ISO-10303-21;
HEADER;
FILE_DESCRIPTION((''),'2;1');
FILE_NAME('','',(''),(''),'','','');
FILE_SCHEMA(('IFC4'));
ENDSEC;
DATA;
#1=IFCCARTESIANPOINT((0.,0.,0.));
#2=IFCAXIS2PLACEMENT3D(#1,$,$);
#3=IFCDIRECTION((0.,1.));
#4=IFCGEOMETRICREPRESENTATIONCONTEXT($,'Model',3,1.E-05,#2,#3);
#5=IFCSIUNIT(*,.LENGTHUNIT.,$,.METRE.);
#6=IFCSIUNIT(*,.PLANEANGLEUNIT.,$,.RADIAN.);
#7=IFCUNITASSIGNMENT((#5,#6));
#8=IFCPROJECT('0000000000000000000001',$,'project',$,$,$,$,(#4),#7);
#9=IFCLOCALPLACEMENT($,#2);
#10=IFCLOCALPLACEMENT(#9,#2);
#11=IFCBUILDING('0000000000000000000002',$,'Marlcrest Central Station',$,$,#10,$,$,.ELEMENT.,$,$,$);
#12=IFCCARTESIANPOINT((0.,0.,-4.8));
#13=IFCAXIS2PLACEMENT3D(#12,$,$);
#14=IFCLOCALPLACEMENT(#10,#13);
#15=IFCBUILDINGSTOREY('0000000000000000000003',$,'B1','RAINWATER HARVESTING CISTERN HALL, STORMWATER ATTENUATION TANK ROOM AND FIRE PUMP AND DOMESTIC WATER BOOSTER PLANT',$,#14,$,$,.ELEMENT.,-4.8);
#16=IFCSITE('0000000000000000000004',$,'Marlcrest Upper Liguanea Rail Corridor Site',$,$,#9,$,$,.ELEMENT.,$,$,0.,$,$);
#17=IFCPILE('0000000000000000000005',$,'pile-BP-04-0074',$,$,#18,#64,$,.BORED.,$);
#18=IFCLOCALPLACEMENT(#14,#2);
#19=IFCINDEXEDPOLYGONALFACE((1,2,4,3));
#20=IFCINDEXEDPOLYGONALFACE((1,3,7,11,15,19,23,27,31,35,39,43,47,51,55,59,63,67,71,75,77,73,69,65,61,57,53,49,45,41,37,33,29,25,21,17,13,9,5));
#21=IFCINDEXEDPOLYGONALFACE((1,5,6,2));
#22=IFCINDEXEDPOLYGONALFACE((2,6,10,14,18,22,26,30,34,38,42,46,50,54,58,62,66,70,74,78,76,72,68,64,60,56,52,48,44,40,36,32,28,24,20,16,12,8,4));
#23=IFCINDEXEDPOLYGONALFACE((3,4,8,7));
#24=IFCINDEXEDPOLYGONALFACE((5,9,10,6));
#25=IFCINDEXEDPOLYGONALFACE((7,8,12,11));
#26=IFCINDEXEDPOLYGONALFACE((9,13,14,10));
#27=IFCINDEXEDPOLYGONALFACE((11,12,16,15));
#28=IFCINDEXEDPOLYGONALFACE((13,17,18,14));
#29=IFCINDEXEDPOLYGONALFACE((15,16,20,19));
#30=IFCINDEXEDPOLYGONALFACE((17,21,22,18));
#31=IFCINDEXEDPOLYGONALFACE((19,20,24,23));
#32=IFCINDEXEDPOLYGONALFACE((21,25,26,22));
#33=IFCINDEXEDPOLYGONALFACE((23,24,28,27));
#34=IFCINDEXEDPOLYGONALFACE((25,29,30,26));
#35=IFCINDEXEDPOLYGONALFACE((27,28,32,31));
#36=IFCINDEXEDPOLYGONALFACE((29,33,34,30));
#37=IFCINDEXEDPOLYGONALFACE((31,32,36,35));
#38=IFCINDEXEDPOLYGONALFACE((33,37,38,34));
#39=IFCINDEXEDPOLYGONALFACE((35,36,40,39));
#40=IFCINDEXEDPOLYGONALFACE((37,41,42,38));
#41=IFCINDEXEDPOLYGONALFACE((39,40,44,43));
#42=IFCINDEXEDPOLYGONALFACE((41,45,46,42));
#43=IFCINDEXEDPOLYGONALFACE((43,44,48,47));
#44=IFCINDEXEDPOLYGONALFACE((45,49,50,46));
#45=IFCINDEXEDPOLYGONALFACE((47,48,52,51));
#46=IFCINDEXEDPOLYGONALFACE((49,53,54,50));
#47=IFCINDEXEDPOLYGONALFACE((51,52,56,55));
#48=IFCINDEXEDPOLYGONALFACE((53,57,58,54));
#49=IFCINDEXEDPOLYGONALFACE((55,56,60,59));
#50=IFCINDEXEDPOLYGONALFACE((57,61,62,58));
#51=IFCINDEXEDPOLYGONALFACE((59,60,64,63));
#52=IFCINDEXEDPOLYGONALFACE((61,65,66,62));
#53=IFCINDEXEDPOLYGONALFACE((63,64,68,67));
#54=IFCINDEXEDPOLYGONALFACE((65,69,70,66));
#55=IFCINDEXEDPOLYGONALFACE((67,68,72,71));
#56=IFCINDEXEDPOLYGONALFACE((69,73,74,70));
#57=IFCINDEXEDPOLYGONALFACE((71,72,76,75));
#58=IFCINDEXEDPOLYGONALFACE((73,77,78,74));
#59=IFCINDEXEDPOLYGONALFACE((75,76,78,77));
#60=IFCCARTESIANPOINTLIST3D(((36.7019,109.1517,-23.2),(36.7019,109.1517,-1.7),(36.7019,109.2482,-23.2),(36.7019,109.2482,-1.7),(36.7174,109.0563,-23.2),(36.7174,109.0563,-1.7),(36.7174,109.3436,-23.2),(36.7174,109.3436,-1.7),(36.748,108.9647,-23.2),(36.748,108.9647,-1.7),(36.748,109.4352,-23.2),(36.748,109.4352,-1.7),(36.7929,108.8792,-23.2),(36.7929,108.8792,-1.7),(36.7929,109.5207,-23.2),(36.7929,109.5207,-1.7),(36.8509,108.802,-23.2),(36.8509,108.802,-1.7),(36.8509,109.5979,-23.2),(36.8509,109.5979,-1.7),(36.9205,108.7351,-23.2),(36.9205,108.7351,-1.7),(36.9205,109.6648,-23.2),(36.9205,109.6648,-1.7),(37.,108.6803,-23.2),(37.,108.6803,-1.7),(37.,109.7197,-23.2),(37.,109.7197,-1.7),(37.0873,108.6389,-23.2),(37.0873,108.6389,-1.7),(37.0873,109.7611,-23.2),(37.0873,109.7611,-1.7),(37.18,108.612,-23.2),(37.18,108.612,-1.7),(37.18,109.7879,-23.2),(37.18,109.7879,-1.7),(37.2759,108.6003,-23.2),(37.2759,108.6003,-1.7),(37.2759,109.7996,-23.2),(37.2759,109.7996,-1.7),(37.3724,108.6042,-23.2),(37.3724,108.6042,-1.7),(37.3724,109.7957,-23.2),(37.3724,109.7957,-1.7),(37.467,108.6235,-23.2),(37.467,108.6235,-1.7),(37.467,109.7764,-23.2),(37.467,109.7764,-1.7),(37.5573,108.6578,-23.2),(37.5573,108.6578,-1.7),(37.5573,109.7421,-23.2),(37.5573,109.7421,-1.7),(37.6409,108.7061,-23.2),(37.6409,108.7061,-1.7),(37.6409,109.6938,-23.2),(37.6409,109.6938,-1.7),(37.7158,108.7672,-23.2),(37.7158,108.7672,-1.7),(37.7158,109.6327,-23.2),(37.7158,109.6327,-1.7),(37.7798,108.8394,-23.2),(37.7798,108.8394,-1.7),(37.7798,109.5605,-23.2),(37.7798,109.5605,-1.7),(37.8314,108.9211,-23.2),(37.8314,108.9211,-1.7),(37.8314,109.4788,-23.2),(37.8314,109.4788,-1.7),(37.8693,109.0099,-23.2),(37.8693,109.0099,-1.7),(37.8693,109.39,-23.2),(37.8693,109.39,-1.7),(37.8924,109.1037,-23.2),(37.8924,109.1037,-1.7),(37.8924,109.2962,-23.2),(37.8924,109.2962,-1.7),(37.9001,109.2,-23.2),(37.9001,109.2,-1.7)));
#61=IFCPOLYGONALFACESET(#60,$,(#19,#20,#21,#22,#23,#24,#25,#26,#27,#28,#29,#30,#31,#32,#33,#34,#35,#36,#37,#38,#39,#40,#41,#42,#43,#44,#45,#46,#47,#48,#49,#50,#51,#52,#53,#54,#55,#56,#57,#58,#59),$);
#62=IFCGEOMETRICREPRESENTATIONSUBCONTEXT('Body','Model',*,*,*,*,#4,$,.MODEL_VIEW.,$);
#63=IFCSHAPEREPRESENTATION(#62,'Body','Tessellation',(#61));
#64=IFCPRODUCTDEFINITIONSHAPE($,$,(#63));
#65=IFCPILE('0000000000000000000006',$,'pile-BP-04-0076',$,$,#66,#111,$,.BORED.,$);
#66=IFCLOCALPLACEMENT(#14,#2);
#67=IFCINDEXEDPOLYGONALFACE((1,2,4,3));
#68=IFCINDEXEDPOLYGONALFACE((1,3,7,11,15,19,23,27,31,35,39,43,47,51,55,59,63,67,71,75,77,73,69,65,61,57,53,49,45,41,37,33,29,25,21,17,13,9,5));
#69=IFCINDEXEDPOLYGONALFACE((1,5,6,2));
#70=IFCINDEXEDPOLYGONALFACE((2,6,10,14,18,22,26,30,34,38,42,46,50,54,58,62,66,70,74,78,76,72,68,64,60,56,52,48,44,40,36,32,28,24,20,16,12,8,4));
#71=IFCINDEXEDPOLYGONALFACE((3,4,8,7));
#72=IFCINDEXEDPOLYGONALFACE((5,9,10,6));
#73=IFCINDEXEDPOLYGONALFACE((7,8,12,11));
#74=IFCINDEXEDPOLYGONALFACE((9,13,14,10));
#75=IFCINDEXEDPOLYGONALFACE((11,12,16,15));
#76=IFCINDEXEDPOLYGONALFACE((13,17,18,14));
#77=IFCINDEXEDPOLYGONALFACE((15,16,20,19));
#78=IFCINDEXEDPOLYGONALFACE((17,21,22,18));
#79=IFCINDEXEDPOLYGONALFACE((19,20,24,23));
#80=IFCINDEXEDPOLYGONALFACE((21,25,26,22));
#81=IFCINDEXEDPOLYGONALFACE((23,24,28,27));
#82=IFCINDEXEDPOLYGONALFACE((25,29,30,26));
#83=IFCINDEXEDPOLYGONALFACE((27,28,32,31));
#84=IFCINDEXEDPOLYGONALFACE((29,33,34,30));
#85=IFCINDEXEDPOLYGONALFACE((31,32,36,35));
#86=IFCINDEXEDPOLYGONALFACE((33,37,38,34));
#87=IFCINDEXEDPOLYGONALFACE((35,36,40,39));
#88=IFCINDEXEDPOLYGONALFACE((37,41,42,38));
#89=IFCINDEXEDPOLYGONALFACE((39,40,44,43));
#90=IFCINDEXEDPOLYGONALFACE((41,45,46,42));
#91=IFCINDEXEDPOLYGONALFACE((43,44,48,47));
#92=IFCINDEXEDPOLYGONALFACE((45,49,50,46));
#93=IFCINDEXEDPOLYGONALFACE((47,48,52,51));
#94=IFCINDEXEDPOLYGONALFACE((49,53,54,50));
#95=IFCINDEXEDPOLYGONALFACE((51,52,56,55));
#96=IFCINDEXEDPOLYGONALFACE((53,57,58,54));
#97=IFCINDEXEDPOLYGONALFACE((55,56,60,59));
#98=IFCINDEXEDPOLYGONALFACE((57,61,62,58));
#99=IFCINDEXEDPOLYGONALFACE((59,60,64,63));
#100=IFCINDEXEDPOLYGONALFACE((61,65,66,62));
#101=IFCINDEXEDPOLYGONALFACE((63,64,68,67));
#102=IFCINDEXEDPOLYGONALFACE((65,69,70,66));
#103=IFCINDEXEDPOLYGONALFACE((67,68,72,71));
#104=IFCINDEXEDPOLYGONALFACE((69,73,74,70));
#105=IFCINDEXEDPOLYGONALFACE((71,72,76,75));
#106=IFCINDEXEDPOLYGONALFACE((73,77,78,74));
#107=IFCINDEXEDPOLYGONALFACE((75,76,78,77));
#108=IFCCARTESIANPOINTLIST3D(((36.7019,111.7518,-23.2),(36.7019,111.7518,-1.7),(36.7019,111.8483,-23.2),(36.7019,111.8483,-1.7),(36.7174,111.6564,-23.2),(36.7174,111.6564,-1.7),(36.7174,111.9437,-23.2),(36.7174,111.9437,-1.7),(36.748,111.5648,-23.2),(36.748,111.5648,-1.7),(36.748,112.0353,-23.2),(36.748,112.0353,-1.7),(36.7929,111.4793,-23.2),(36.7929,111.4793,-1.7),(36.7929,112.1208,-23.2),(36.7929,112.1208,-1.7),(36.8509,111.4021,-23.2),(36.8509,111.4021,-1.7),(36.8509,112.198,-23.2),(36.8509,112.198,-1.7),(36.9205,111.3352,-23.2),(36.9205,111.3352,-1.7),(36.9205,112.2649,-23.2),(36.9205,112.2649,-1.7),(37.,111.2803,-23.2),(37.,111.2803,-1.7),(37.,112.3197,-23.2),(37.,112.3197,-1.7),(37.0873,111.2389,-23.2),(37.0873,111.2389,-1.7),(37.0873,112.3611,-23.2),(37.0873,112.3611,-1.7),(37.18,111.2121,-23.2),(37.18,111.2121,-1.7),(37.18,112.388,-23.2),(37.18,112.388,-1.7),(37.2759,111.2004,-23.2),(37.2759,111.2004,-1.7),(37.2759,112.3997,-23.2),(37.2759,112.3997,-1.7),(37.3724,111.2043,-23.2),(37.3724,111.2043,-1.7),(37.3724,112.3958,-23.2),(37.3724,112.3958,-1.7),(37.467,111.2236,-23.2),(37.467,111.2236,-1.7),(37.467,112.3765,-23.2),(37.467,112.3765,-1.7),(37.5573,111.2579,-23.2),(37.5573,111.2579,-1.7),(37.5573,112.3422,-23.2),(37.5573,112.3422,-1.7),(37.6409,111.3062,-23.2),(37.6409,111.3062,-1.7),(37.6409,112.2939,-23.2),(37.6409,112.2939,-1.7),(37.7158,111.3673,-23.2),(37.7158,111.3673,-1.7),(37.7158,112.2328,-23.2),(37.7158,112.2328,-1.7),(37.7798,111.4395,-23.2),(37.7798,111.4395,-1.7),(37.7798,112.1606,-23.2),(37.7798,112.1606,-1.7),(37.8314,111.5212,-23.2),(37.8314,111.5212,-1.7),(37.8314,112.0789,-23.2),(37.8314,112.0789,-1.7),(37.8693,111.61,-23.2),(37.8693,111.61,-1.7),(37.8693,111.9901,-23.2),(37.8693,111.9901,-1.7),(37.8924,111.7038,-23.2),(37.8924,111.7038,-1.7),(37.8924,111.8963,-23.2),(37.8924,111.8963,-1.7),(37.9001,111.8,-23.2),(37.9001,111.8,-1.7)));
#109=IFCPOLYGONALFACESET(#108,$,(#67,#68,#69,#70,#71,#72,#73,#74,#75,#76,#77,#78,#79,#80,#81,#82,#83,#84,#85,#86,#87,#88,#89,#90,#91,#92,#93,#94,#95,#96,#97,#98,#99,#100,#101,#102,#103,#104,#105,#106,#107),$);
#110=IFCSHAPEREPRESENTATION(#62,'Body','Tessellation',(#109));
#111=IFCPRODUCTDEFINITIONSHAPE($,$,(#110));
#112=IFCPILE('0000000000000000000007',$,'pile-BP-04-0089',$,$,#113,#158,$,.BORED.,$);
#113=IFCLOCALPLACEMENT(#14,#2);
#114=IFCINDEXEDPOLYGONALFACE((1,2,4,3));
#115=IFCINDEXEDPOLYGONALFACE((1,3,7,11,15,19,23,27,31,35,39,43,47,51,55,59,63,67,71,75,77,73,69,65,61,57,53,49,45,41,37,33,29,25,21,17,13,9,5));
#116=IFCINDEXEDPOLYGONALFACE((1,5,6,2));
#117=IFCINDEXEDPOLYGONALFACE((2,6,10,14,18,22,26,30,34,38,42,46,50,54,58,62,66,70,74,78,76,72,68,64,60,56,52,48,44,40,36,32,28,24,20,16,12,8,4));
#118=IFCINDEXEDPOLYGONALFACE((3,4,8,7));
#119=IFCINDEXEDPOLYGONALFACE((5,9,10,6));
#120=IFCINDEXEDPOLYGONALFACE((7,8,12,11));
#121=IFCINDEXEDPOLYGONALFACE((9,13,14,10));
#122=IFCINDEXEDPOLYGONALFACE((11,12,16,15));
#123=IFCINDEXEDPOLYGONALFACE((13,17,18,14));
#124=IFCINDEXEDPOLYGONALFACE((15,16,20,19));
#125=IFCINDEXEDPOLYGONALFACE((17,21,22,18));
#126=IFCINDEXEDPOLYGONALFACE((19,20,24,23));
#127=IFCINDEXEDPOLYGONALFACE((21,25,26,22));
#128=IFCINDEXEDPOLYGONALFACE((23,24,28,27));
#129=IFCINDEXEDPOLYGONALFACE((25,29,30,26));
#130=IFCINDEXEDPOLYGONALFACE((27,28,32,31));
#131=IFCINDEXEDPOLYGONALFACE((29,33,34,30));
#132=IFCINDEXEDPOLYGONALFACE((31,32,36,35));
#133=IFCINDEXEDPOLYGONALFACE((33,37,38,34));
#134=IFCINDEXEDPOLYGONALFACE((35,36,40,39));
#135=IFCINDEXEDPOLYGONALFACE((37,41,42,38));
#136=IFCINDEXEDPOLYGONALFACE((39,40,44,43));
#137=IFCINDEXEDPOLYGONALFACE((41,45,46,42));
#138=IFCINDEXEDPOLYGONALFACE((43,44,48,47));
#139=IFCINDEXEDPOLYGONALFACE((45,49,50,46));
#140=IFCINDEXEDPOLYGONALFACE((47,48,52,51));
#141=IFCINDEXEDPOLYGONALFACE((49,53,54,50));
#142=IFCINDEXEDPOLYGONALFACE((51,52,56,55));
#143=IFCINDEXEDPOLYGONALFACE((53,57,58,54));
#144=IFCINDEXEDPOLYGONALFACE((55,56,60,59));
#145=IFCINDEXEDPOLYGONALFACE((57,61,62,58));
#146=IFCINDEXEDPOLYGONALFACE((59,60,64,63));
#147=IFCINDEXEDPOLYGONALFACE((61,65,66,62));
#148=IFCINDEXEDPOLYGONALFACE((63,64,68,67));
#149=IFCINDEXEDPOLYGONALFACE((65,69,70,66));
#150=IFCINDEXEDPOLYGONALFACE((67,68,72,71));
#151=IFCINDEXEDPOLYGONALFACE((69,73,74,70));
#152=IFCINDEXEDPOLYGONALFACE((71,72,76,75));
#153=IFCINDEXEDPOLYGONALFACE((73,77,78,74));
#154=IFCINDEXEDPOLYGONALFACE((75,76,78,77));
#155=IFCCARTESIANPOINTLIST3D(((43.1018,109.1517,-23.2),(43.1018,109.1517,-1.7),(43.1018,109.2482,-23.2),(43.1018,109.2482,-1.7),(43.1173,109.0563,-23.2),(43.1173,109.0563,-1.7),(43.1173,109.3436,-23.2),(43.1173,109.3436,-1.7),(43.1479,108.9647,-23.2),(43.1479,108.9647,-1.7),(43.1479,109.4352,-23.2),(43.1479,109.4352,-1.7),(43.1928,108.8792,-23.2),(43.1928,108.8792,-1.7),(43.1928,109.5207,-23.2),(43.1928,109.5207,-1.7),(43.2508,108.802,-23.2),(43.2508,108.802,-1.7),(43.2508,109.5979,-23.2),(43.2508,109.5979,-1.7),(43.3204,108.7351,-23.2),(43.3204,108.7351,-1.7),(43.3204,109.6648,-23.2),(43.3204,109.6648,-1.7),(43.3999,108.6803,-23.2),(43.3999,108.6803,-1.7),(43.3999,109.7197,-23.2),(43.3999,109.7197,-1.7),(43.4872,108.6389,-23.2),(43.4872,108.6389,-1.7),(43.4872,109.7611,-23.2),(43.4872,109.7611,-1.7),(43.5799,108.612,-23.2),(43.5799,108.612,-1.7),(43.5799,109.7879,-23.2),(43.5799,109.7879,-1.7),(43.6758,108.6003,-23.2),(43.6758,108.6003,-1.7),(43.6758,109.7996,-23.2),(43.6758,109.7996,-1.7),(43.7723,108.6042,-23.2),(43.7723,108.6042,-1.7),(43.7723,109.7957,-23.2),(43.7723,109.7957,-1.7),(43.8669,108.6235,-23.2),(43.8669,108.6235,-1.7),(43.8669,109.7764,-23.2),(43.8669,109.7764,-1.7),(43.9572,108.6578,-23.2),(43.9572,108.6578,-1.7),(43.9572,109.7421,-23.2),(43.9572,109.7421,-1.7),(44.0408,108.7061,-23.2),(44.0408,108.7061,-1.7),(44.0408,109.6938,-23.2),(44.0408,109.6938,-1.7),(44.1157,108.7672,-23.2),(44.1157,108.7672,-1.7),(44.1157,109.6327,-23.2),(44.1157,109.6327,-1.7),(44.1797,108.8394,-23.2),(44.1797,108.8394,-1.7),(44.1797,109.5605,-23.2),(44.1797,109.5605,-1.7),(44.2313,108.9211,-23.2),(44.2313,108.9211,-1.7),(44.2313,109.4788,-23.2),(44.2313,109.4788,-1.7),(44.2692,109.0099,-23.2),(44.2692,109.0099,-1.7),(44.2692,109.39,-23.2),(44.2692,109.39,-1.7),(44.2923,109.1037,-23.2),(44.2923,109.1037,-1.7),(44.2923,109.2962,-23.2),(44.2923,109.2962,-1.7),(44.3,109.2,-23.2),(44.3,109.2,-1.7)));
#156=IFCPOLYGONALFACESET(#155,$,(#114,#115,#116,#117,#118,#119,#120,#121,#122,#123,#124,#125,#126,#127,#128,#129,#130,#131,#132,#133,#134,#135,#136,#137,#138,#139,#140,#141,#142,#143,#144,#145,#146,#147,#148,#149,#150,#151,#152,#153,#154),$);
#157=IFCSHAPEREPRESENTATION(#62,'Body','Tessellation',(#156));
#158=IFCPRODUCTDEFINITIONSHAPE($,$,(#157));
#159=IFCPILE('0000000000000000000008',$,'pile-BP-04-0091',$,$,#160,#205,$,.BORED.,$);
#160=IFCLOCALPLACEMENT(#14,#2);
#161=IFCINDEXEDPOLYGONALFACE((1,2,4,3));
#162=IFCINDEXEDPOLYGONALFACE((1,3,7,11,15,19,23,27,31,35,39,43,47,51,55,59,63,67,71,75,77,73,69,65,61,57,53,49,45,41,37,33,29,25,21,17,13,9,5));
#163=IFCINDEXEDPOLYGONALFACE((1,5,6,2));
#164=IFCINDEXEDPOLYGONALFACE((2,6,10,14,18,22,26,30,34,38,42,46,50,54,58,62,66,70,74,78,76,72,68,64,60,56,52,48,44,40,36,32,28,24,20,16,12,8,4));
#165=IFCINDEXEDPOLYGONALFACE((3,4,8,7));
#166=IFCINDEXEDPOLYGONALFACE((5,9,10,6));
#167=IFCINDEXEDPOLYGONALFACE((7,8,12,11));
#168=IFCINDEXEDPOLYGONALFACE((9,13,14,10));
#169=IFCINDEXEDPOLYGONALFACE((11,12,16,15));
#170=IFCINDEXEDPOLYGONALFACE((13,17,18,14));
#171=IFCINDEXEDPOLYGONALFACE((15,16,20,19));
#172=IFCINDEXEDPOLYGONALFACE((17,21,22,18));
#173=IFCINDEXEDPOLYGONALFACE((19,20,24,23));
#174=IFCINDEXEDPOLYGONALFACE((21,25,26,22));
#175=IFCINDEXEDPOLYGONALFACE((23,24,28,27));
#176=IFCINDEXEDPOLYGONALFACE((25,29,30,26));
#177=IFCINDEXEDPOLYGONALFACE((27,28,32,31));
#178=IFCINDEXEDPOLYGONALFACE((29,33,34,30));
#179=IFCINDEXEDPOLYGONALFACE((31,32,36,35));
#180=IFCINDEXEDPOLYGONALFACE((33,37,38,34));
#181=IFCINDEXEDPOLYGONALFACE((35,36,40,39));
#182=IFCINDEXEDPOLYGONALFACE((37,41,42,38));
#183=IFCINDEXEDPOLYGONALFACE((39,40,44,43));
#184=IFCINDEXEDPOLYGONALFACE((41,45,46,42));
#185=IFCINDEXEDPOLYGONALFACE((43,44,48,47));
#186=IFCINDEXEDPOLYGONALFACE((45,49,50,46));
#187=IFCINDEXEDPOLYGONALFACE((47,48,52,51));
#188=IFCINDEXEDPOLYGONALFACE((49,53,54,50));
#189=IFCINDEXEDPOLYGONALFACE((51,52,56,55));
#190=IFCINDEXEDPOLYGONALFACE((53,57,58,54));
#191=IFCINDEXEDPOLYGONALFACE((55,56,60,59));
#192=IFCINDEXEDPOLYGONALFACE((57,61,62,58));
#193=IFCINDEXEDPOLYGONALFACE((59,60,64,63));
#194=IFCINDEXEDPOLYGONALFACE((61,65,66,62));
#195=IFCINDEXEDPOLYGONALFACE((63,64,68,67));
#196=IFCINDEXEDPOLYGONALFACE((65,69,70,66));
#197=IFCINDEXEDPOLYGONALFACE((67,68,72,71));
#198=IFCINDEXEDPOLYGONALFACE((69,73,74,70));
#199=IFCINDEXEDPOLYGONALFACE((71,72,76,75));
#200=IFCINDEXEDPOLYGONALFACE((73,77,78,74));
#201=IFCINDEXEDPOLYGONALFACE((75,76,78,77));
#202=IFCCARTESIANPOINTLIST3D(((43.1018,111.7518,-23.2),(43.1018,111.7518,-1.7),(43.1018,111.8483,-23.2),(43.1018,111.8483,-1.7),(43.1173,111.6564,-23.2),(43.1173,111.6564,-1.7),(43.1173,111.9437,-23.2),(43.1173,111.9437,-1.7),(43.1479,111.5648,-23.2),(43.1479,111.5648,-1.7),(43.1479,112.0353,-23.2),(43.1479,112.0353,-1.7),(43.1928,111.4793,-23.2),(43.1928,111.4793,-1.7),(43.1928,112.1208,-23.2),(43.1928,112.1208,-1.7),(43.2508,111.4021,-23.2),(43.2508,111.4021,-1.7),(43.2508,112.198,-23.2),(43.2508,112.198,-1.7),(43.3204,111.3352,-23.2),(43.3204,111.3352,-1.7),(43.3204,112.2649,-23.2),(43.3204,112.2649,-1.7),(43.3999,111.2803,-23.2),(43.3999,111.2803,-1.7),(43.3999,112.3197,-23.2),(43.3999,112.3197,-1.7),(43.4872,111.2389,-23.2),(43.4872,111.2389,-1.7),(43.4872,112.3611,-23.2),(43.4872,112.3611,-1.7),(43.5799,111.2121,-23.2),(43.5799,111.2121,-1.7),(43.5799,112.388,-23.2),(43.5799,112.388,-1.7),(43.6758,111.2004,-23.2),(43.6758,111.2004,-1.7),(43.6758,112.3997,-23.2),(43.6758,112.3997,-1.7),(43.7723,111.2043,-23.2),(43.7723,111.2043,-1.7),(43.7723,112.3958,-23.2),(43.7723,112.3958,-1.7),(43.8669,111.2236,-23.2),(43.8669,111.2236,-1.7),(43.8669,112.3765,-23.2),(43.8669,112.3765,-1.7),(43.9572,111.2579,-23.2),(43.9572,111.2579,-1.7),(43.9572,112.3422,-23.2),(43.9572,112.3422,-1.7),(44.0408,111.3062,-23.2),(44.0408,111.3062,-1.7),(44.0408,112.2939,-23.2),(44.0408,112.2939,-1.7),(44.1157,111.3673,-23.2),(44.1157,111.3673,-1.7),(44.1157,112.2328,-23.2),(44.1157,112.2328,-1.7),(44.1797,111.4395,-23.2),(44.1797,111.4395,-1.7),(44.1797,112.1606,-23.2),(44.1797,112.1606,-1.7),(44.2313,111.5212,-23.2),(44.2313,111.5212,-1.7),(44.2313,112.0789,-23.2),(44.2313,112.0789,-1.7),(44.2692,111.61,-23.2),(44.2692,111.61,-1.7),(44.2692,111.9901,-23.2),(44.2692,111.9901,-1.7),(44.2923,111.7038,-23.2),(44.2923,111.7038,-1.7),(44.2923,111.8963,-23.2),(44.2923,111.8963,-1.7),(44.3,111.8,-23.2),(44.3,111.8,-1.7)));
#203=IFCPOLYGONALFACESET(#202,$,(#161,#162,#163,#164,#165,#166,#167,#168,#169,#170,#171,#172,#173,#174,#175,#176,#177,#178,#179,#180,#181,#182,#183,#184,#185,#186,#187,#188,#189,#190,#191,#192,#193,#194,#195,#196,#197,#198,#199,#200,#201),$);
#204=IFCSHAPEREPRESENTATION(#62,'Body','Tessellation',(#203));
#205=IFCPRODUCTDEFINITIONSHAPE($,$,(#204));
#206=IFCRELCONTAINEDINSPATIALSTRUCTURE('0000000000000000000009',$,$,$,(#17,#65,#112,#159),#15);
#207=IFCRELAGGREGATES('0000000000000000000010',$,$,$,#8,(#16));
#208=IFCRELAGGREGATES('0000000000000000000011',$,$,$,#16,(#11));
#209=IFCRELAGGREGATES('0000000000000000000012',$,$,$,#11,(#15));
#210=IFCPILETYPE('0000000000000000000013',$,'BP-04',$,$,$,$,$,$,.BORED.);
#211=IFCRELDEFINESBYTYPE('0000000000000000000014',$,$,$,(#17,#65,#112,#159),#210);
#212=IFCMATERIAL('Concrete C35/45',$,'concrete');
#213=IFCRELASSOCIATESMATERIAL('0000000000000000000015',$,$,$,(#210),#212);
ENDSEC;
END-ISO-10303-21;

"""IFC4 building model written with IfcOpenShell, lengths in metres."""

from ifc_helpers import new_model, si_unit, direction, frame, origin, origin_2d, place, context, subcontext, project, spatial, circle, extrude, material, material_profile, profile_set, type_object, element, save


model = new_model("IFC4")

# Units and contexts
model_context = context("Model", 3, precision=1e-05, world=origin(), true_north=direction((0.0, 1.0)))
body_context = subcontext(model_context, "Body", "Model", "MODEL_VIEW")
ifc_project = project(units=[si_unit("LENGTHUNIT", "METRE"), si_unit("PLANEANGLEUNIT", "RADIAN")], contexts=[model_context])

# Site, building, storey
site_placement = place(None, origin())
site = spatial("IfcSite", under=ifc_project, at=site_placement, Name="Marlcrest Upper Liguanea Rail Corridor Site", CompositionType="ELEMENT", RefElevation=0.0)
building_placement = place(site_placement, origin())
building = spatial("IfcBuilding", under=site, at=building_placement, Name="Marlcrest Central Station", CompositionType="ELEMENT")
storey_placement = place(building_placement, frame((0.0, 0.0, -4.8)))
storey = spatial("IfcBuildingStorey", under=building, at=storey_placement, Name="B1", Description="RAINWATER HARVESTING CISTERN HALL, STORMWATER ATTENUATION TANK ROOM AND FIRE PUMP AND DOMESTIC WATER BOOSTER PLANT", CompositionType="ELEMENT", Elevation=-4.8)

# Piles
ifc_material_1 = material(Name="Concrete C35/45", Category="concrete")
ifc_material_profile_1 = material_profile(ifc_material_1, circle(Radius=0.6001, at=origin_2d()), Name="PILE D1200")
ifc_profile_set_1 = profile_set([ifc_material_profile_1], Name="Concrete C35/45")
pile_type = type_object("IfcPileType", Name="BP-04", PredefinedType="BORED", material=ifc_profile_set_1)
for number, where, z_axis, x_axis, name in (
    (1, (37.3, 109.2, -1.7), (0.0, 0.0, -1.0), (1.0, 0.0, 0.0), "pile-BP-04-0074"),
    (2, (37.3, 111.8, -1.7), (0.0, 0.0, -1.0), (1.0, 0.0, 0.0), "pile-BP-04-0076"),
    (3, (43.7, 109.2, -1.7), (0.0, 0.0, -1.0), (1.0, 0.0, 0.0), "pile-BP-04-0089"),
    (4, (43.7, 111.8, -1.7), (0.0, 0.0, -1.0), (1.0, 0.0, 0.0), "pile-BP-04-0091"),
):
    element("IfcPile", number, at=place(storey_placement, frame(where, z_axis=z_axis, x_axis=x_axis)), inside=storey, type_object=pile_type, Name=name, PredefinedType="BORED", context=body_context, shape_type="SweptSolid", body=[
        extrude(circle(Radius=0.6001, at=origin_2d()), origin(), (0.0, 0.0, 1.0), 21.5),
    ])

save(model, "model.ifc")
